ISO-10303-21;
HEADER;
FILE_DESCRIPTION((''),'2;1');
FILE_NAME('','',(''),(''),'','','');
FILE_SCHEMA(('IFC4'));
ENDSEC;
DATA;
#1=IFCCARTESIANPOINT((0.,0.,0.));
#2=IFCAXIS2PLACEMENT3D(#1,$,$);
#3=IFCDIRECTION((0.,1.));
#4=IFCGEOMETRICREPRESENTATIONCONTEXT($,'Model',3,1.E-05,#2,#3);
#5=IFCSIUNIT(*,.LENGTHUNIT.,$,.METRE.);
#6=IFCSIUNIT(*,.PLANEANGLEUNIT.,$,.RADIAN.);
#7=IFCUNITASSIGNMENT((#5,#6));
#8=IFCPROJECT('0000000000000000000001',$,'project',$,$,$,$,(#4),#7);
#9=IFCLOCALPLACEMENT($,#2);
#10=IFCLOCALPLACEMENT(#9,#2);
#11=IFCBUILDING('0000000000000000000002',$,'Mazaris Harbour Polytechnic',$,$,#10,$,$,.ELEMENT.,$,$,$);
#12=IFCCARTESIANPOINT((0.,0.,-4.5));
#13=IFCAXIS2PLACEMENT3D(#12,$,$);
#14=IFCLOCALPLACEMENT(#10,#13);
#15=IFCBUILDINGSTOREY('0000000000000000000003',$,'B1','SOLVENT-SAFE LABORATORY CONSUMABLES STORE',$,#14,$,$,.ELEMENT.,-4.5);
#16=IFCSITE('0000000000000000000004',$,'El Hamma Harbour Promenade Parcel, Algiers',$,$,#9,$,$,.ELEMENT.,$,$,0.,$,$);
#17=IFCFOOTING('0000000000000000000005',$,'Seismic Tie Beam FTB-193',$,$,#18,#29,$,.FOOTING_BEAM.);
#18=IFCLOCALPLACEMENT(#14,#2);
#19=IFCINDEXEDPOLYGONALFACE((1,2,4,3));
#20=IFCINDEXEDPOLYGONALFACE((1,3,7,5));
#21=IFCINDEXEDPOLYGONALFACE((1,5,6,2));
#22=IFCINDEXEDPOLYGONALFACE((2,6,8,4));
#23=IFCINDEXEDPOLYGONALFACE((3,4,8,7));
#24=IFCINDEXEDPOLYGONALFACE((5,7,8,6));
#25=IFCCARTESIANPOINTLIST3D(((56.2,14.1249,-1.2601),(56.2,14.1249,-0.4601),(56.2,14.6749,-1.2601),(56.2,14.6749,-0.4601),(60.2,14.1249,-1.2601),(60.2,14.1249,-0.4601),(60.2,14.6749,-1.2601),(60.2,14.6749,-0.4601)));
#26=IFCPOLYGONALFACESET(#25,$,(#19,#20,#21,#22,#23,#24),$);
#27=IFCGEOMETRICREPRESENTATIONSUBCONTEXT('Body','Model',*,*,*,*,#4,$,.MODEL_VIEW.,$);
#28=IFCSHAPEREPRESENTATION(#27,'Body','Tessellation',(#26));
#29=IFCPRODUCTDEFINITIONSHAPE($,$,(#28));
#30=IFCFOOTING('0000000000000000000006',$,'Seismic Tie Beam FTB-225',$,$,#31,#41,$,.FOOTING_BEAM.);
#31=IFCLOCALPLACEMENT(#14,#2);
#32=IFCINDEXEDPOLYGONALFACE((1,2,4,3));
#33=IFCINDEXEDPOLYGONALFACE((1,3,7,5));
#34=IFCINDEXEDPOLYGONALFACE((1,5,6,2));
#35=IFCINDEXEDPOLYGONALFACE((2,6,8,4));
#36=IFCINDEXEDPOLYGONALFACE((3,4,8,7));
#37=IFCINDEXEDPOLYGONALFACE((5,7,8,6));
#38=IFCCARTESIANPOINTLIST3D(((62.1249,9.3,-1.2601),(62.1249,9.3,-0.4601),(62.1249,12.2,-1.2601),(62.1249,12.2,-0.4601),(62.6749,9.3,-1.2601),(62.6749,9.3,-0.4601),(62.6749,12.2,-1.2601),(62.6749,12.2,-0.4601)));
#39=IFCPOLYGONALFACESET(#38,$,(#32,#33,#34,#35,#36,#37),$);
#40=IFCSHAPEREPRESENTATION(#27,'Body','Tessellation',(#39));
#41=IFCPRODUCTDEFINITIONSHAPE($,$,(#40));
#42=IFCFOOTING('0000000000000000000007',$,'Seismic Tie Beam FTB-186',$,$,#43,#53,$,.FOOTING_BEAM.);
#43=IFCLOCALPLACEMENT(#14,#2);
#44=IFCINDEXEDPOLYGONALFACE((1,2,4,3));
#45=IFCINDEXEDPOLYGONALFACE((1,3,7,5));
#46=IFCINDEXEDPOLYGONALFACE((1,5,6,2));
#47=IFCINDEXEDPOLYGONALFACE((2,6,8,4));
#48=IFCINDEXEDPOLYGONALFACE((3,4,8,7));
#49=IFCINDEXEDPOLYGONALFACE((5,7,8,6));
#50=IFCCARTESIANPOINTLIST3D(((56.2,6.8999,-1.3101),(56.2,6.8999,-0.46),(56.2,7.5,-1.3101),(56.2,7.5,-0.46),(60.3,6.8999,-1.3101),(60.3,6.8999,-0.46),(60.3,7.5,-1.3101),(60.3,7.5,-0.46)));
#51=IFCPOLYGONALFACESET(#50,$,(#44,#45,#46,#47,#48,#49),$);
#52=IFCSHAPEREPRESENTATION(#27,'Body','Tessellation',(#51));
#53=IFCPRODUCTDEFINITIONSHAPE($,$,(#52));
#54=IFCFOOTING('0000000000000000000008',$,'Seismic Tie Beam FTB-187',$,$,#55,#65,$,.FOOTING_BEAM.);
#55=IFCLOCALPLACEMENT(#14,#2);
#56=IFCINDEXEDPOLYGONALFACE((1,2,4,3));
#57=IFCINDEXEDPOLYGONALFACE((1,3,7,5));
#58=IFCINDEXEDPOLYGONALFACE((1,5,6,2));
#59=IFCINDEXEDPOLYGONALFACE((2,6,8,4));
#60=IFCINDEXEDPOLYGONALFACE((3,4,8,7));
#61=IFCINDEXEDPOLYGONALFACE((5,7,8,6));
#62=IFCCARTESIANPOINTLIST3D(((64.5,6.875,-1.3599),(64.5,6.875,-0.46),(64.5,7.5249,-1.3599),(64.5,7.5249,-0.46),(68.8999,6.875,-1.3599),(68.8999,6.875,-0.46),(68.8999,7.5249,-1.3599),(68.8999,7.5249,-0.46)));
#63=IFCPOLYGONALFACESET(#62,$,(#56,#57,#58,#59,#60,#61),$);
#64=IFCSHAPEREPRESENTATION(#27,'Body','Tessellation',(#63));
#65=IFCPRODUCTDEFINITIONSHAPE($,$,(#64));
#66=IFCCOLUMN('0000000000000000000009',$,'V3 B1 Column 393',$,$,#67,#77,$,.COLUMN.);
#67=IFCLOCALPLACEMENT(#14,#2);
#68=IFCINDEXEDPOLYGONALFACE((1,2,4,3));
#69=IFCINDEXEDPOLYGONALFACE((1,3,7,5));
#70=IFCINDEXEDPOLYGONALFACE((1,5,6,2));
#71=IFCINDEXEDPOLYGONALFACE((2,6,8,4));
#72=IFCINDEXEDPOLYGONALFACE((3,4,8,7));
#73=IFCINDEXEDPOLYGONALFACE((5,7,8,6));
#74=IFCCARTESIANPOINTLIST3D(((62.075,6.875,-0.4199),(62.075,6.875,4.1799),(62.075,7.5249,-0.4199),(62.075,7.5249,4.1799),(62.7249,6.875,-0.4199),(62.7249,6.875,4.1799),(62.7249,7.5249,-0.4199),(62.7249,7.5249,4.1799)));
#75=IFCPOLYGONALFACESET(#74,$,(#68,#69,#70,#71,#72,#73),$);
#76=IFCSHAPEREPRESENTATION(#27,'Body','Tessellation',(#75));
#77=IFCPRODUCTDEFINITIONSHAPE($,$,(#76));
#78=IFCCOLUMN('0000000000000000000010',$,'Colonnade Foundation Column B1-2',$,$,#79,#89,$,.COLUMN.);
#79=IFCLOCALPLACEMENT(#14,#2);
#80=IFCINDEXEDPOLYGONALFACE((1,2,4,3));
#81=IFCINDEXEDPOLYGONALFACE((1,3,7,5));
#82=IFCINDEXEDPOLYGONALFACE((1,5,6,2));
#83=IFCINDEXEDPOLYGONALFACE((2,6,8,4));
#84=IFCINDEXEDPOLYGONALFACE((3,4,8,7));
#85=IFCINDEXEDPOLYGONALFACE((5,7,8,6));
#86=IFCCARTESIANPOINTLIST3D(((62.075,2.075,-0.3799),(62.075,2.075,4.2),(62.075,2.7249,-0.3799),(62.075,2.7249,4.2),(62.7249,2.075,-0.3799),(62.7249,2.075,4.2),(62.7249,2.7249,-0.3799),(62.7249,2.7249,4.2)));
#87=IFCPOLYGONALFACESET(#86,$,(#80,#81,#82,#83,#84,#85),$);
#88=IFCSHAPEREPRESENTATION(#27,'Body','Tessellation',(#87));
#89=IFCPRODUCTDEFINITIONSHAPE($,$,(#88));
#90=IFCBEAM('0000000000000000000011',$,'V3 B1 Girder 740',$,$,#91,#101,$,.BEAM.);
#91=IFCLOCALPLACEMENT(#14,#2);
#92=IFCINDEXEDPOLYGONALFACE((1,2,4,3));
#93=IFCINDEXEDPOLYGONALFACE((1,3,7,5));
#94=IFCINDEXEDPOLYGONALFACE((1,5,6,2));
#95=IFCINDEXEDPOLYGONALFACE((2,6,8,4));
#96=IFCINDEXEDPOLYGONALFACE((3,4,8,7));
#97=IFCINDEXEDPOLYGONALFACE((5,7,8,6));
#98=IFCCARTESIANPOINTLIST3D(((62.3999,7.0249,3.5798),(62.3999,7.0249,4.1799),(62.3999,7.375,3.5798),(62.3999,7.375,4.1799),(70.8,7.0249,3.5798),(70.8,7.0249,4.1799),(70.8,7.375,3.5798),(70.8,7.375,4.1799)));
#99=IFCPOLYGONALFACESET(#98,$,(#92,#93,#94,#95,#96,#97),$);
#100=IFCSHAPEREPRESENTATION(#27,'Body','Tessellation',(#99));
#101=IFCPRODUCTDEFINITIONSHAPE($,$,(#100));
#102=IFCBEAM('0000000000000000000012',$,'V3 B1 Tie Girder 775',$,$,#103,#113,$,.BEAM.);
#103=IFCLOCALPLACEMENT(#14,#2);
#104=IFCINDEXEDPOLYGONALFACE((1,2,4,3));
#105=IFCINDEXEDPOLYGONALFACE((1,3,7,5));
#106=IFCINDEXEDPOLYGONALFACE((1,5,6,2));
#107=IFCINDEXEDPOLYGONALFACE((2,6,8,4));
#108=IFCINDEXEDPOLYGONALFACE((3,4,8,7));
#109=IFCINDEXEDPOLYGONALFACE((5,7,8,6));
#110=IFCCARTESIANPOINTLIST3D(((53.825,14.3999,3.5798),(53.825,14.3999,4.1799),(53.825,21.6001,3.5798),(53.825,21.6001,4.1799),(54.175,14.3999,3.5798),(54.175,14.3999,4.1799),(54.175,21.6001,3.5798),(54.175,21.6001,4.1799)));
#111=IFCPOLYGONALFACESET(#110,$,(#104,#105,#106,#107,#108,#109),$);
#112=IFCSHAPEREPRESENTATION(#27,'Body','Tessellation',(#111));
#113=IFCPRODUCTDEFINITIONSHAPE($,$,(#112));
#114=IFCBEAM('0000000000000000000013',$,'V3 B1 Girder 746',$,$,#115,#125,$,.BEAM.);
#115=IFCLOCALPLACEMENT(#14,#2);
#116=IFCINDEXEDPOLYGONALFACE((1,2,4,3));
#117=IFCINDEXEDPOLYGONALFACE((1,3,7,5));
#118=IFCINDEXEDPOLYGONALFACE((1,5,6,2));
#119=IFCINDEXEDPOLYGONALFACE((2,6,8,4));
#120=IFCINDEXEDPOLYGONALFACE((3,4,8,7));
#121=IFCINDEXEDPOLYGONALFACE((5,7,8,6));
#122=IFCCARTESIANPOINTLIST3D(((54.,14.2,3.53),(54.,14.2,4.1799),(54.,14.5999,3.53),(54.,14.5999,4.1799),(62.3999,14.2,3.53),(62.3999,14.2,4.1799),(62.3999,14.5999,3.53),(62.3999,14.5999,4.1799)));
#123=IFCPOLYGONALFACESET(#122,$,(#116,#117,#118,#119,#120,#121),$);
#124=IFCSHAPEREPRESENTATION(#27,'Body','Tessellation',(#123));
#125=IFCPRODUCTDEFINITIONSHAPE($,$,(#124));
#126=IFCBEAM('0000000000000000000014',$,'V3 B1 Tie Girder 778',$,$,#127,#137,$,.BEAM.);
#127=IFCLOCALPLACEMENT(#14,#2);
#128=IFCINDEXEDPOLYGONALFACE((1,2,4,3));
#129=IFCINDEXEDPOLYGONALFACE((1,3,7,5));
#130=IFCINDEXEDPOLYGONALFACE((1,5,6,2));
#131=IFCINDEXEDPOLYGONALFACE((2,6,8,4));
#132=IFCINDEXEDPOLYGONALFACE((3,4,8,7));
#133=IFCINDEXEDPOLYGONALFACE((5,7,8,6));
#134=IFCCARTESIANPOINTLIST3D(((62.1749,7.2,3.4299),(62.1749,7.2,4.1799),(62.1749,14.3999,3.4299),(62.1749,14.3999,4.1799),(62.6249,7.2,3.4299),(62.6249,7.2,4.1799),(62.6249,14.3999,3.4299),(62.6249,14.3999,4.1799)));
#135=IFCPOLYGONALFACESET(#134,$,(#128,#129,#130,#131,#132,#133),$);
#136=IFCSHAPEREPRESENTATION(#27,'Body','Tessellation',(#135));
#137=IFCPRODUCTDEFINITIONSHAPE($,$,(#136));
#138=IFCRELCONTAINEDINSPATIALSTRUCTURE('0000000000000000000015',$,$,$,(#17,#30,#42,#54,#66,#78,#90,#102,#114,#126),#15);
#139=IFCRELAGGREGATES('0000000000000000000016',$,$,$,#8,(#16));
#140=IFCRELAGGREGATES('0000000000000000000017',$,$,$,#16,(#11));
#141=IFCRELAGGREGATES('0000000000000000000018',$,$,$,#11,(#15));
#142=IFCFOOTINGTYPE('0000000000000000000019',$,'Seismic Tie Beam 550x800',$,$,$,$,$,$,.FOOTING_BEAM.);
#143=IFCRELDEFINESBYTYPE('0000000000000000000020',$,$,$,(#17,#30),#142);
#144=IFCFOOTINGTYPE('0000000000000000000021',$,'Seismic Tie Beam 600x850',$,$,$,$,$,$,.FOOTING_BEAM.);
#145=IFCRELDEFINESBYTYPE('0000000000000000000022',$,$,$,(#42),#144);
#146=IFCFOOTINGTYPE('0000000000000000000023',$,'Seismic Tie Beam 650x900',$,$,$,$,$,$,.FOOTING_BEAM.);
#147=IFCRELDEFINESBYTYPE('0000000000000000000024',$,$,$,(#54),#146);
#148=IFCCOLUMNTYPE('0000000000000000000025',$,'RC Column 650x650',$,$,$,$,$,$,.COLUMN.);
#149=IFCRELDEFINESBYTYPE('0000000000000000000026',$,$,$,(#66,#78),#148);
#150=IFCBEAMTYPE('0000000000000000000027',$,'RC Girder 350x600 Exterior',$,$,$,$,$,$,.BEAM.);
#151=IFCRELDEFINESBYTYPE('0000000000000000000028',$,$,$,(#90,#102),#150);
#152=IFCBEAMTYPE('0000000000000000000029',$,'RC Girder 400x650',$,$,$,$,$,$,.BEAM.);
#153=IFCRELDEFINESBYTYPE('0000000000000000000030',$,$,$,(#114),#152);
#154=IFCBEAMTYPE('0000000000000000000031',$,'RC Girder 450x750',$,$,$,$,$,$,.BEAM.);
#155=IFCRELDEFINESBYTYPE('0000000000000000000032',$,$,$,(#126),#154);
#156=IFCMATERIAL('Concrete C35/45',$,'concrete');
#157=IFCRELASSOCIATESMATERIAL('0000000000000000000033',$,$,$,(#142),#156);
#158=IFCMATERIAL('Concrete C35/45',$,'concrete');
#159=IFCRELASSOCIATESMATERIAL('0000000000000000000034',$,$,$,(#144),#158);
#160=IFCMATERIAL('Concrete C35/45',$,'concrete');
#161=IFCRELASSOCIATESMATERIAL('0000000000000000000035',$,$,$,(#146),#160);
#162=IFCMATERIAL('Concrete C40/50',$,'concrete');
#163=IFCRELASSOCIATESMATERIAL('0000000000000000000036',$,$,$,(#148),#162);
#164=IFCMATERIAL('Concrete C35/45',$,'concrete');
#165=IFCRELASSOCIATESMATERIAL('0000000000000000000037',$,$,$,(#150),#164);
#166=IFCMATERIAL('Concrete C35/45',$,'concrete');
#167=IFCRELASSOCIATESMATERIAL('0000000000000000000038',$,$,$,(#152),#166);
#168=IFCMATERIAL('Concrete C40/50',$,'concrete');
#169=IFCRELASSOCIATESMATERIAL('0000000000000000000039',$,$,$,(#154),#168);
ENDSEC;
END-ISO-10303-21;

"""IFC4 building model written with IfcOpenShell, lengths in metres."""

from ifc_helpers import new_model, si_unit, direction, frame, origin, origin_2d, place, context, subcontext, project, spatial, rectangle, extrude, material, material_profile, profile_set, type_object, element, save


model = new_model("IFC4")

# Units and contexts
model_context = context("Model", 3, precision=1e-05, world=origin(), true_north=direction((0.0, 1.0)))
body_context = subcontext(model_context, "Body", "Model", "MODEL_VIEW")
ifc_project = project(units=[si_unit("LENGTHUNIT", "METRE"), si_unit("PLANEANGLEUNIT", "RADIAN")], contexts=[model_context])

# Site, building, storey
site_placement = place(None, origin())
site = spatial("IfcSite", under=ifc_project, at=site_placement, Name="El Hamma Harbour Promenade Parcel, Algiers", CompositionType="ELEMENT", RefElevation=0.0)
building_placement = place(site_placement, origin())
building = spatial("IfcBuilding", under=site, at=building_placement, Name="Mazaris Harbour Polytechnic", CompositionType="ELEMENT")
storey_placement = place(building_placement, frame((0.0, 0.0, -4.5)))
storey = spatial("IfcBuildingStorey", under=building, at=storey_placement, Name="B1", Description="SOLVENT-SAFE LABORATORY CONSUMABLES STORE", CompositionType="ELEMENT", Elevation=-4.5)

# Footings
ifc_material_1 = material(Name="Concrete C35/45", Category="concrete")
ifc_material_profile_1 = material_profile(ifc_material_1, rectangle(XDim=0.55, YDim=0.8, at=origin_2d()), Name="RECT550x800")
ifc_profile_set_1 = profile_set([ifc_material_profile_1], Name="Concrete C35/45")
footing_type_1 = type_object("IfcFootingType", Name="Seismic Tie Beam 550x800", PredefinedType="FOOTING_BEAM", material=ifc_profile_set_1)
footing_1_placement = place(storey_placement, frame((56.2, 14.3999, -0.8601), z_axis=(1.0, 0.0, 0.0), x_axis=(0.0, 1.0, 0.0)))
element("IfcFooting", 1, at=footing_1_placement, inside=storey, type_object=footing_type_1, Name="Seismic Tie Beam FTB-193", PredefinedType="FOOTING_BEAM", context=body_context, shape_type="SweptSolid", body=[
    extrude(rectangle(XDim=0.55, YDim=0.8, at=origin_2d()), origin(), (0.0, 0.0, 1.0), 4.0),
])
footing_2_placement = place(storey_placement, frame((62.3999, 9.3, -0.8601), z_axis=(0.0, 1.0, 0.0), x_axis=(-1.0, 0.0, 0.0)))
element("IfcFooting", 2, at=footing_2_placement, inside=storey, type_object=footing_type_1, Name="Seismic Tie Beam FTB-225", PredefinedType="FOOTING_BEAM", context=body_context, shape_type="SweptSolid", body=[
    extrude(rectangle(XDim=0.55, YDim=0.8, at=origin_2d()), origin(), (0.0, 0.0, 1.0), 2.8999),
])
ifc_material_2 = material(Name="Concrete C35/45", Category="concrete")
ifc_material_profile_2 = material_profile(ifc_material_2, rectangle(XDim=0.6001, YDim=0.8501, at=origin_2d()), Name="RECT600x850")
ifc_profile_set_2 = profile_set([ifc_material_profile_2], Name="Concrete C35/45")
footing_type_2 = type_object("IfcFootingType", Name="Seismic Tie Beam 600x850", PredefinedType="FOOTING_BEAM", material=ifc_profile_set_2)
footing_3_placement = place(storey_placement, frame((56.2, 7.2, -0.885), z_axis=(1.0, 0.0, 0.0), x_axis=(0.0, 1.0, 0.0)))
element("IfcFooting", 3, at=footing_3_placement, inside=storey, type_object=footing_type_2, Name="Seismic Tie Beam FTB-186", PredefinedType="FOOTING_BEAM", context=body_context, shape_type="SweptSolid", body=[
    extrude(rectangle(XDim=0.6001, YDim=0.8501, at=origin_2d()), origin(), (0.0, 0.0, 1.0), 4.1001),
])
ifc_material_3 = material(Name="Concrete C35/45", Category="concrete")
ifc_material_profile_3 = material_profile(ifc_material_3, rectangle(XDim=0.6499, YDim=0.8999, at=origin_2d()), Name="RECT650x900")
ifc_profile_set_3 = profile_set([ifc_material_profile_3], Name="Concrete C35/45")
footing_type_3 = type_object("IfcFootingType", Name="Seismic Tie Beam 650x900", PredefinedType="FOOTING_BEAM", material=ifc_profile_set_3)
footing_4_placement = place(storey_placement, frame((64.5, 7.2, -0.9099), z_axis=(1.0, 0.0, 0.0), x_axis=(0.0, 1.0, 0.0)))
element("IfcFooting", 4, at=footing_4_placement, inside=storey, type_object=footing_type_3, Name="Seismic Tie Beam FTB-187", PredefinedType="FOOTING_BEAM", context=body_context, shape_type="SweptSolid", body=[
    extrude(rectangle(XDim=0.6499, YDim=0.8999, at=origin_2d()), origin(), (0.0, 0.0, 1.0), 4.3999),
])

# Columns
ifc_material_4 = material(Name="Concrete C40/50", Category="concrete")
ifc_material_profile_4 = material_profile(ifc_material_4, rectangle(XDim=0.6499, YDim=0.6499, at=origin_2d()), Name="RECT650x650")
ifc_profile_set_4 = profile_set([ifc_material_profile_4], Name="Concrete C40/50")
column_type = type_object("IfcColumnType", Name="RC Column 650x650", PredefinedType="COLUMN", material=ifc_profile_set_4)
column_1_placement = place(storey_placement, frame((62.3999, 7.2, -0.4199), z_axis=(0.0, 0.0, 1.0), x_axis=(1.0, 0.0, 0.0)))
element("IfcColumn", 5, at=column_1_placement, inside=storey, type_object=column_type, Name="V3 B1 Column 393", PredefinedType="COLUMN", context=body_context, shape_type="SweptSolid", body=[
    extrude(rectangle(XDim=0.6499, YDim=0.6499, at=origin_2d()), origin(), (0.0, 0.0, 1.0), 4.5999),
])
column_2_placement = place(storey_placement, frame((62.3999, 2.3999, -0.3799), z_axis=(0.0, 0.0, 1.0), x_axis=(1.0, 0.0, 0.0)))
element("IfcColumn", 6, at=column_2_placement, inside=storey, type_object=column_type, Name="Colonnade Foundation Column B1-2", PredefinedType="COLUMN", context=body_context, shape_type="SweptSolid", body=[
    extrude(rectangle(XDim=0.6499, YDim=0.6499, at=origin_2d()), origin(), (0.0, 0.0, 1.0), 4.5798),
])

# Beams
ifc_material_5 = material(Name="Concrete C35/45", Category="concrete")
ifc_material_profile_5 = material_profile(ifc_material_5, rectangle(XDim=0.3501, YDim=0.6001, at=origin_2d()), Name="RECT350x600")
ifc_profile_set_5 = profile_set([ifc_material_profile_5], Name="Concrete C35/45")
beam_type_1 = type_object("IfcBeamType", Name="RC Girder 350x600 Exterior", PredefinedType="BEAM", material=ifc_profile_set_5)
beam_1_placement = place(storey_placement, frame((62.3999, 7.2, 3.8799), z_axis=(1.0, 0.0, 0.0), x_axis=(0.0, 1.0, 0.0)))
element("IfcBeam", 7, at=beam_1_placement, inside=storey, type_object=beam_type_1, Name="V3 B1 Girder 740", PredefinedType="BEAM", context=body_context, shape_type="SweptSolid", body=[
    extrude(rectangle(XDim=0.3501, YDim=0.6001, at=origin_2d()), origin(), (0.0, 0.0, 1.0), 8.4001),
])
beam_2_placement = place(storey_placement, frame((54.0, 14.3999, 3.8799), z_axis=(0.0, 1.0, 0.0), x_axis=(-1.0, 0.0, 0.0)))
element("IfcBeam", 8, at=beam_2_placement, inside=storey, type_object=beam_type_1, Name="V3 B1 Tie Girder 775", PredefinedType="BEAM", context=body_context, shape_type="SweptSolid", body=[
    extrude(rectangle(XDim=0.3501, YDim=0.6001, at=origin_2d()), origin(), (0.0, 0.0, 1.0), 7.2002),
])
ifc_material_6 = material(Name="Concrete C35/45", Category="concrete")
ifc_material_profile_6 = material_profile(ifc_material_6, rectangle(XDim=0.3999, YDim=0.6499, at=origin_2d()), Name="RECT400x650")
ifc_profile_set_6 = profile_set([ifc_material_profile_6], Name="Concrete C35/45")
beam_type_2 = type_object("IfcBeamType", Name="RC Girder 400x650", PredefinedType="BEAM", material=ifc_profile_set_6)
beam_3_placement = place(storey_placement, frame((54.0, 14.3999, 3.855), z_axis=(1.0, 0.0, 0.0), x_axis=(0.0, 1.0, 0.0)))
element("IfcBeam", 9, at=beam_3_placement, inside=storey, type_object=beam_type_2, Name="V3 B1 Girder 746", PredefinedType="BEAM", context=body_context, shape_type="SweptSolid", body=[
    extrude(rectangle(XDim=0.3999, YDim=0.6499, at=origin_2d()), origin(), (0.0, 0.0, 1.0), 8.3999),
])
ifc_material_7 = material(Name="Concrete C40/50", Category="concrete")
ifc_material_profile_7 = material_profile(ifc_material_7, rectangle(XDim=0.45, YDim=0.75, at=origin_2d()), Name="RECT450x750")
ifc_profile_set_7 = profile_set([ifc_material_profile_7], Name="Concrete C40/50")
beam_type_3 = type_object("IfcBeamType", Name="RC Girder 450x750", PredefinedType="BEAM", material=ifc_profile_set_7)
beam_4_placement = place(storey_placement, frame((62.3999, 7.2, 3.8049), z_axis=(0.0, 1.0, 0.0), x_axis=(-1.0, 0.0, 0.0)))
element("IfcBeam", 10, at=beam_4_placement, inside=storey, type_object=beam_type_3, Name="V3 B1 Tie Girder 778", PredefinedType="BEAM", context=body_context, shape_type="SweptSolid", body=[
    extrude(rectangle(XDim=0.45, YDim=0.75, at=origin_2d()), origin(), (0.0, 0.0, 1.0), 7.2),
])

save(model, "model.ifc")
